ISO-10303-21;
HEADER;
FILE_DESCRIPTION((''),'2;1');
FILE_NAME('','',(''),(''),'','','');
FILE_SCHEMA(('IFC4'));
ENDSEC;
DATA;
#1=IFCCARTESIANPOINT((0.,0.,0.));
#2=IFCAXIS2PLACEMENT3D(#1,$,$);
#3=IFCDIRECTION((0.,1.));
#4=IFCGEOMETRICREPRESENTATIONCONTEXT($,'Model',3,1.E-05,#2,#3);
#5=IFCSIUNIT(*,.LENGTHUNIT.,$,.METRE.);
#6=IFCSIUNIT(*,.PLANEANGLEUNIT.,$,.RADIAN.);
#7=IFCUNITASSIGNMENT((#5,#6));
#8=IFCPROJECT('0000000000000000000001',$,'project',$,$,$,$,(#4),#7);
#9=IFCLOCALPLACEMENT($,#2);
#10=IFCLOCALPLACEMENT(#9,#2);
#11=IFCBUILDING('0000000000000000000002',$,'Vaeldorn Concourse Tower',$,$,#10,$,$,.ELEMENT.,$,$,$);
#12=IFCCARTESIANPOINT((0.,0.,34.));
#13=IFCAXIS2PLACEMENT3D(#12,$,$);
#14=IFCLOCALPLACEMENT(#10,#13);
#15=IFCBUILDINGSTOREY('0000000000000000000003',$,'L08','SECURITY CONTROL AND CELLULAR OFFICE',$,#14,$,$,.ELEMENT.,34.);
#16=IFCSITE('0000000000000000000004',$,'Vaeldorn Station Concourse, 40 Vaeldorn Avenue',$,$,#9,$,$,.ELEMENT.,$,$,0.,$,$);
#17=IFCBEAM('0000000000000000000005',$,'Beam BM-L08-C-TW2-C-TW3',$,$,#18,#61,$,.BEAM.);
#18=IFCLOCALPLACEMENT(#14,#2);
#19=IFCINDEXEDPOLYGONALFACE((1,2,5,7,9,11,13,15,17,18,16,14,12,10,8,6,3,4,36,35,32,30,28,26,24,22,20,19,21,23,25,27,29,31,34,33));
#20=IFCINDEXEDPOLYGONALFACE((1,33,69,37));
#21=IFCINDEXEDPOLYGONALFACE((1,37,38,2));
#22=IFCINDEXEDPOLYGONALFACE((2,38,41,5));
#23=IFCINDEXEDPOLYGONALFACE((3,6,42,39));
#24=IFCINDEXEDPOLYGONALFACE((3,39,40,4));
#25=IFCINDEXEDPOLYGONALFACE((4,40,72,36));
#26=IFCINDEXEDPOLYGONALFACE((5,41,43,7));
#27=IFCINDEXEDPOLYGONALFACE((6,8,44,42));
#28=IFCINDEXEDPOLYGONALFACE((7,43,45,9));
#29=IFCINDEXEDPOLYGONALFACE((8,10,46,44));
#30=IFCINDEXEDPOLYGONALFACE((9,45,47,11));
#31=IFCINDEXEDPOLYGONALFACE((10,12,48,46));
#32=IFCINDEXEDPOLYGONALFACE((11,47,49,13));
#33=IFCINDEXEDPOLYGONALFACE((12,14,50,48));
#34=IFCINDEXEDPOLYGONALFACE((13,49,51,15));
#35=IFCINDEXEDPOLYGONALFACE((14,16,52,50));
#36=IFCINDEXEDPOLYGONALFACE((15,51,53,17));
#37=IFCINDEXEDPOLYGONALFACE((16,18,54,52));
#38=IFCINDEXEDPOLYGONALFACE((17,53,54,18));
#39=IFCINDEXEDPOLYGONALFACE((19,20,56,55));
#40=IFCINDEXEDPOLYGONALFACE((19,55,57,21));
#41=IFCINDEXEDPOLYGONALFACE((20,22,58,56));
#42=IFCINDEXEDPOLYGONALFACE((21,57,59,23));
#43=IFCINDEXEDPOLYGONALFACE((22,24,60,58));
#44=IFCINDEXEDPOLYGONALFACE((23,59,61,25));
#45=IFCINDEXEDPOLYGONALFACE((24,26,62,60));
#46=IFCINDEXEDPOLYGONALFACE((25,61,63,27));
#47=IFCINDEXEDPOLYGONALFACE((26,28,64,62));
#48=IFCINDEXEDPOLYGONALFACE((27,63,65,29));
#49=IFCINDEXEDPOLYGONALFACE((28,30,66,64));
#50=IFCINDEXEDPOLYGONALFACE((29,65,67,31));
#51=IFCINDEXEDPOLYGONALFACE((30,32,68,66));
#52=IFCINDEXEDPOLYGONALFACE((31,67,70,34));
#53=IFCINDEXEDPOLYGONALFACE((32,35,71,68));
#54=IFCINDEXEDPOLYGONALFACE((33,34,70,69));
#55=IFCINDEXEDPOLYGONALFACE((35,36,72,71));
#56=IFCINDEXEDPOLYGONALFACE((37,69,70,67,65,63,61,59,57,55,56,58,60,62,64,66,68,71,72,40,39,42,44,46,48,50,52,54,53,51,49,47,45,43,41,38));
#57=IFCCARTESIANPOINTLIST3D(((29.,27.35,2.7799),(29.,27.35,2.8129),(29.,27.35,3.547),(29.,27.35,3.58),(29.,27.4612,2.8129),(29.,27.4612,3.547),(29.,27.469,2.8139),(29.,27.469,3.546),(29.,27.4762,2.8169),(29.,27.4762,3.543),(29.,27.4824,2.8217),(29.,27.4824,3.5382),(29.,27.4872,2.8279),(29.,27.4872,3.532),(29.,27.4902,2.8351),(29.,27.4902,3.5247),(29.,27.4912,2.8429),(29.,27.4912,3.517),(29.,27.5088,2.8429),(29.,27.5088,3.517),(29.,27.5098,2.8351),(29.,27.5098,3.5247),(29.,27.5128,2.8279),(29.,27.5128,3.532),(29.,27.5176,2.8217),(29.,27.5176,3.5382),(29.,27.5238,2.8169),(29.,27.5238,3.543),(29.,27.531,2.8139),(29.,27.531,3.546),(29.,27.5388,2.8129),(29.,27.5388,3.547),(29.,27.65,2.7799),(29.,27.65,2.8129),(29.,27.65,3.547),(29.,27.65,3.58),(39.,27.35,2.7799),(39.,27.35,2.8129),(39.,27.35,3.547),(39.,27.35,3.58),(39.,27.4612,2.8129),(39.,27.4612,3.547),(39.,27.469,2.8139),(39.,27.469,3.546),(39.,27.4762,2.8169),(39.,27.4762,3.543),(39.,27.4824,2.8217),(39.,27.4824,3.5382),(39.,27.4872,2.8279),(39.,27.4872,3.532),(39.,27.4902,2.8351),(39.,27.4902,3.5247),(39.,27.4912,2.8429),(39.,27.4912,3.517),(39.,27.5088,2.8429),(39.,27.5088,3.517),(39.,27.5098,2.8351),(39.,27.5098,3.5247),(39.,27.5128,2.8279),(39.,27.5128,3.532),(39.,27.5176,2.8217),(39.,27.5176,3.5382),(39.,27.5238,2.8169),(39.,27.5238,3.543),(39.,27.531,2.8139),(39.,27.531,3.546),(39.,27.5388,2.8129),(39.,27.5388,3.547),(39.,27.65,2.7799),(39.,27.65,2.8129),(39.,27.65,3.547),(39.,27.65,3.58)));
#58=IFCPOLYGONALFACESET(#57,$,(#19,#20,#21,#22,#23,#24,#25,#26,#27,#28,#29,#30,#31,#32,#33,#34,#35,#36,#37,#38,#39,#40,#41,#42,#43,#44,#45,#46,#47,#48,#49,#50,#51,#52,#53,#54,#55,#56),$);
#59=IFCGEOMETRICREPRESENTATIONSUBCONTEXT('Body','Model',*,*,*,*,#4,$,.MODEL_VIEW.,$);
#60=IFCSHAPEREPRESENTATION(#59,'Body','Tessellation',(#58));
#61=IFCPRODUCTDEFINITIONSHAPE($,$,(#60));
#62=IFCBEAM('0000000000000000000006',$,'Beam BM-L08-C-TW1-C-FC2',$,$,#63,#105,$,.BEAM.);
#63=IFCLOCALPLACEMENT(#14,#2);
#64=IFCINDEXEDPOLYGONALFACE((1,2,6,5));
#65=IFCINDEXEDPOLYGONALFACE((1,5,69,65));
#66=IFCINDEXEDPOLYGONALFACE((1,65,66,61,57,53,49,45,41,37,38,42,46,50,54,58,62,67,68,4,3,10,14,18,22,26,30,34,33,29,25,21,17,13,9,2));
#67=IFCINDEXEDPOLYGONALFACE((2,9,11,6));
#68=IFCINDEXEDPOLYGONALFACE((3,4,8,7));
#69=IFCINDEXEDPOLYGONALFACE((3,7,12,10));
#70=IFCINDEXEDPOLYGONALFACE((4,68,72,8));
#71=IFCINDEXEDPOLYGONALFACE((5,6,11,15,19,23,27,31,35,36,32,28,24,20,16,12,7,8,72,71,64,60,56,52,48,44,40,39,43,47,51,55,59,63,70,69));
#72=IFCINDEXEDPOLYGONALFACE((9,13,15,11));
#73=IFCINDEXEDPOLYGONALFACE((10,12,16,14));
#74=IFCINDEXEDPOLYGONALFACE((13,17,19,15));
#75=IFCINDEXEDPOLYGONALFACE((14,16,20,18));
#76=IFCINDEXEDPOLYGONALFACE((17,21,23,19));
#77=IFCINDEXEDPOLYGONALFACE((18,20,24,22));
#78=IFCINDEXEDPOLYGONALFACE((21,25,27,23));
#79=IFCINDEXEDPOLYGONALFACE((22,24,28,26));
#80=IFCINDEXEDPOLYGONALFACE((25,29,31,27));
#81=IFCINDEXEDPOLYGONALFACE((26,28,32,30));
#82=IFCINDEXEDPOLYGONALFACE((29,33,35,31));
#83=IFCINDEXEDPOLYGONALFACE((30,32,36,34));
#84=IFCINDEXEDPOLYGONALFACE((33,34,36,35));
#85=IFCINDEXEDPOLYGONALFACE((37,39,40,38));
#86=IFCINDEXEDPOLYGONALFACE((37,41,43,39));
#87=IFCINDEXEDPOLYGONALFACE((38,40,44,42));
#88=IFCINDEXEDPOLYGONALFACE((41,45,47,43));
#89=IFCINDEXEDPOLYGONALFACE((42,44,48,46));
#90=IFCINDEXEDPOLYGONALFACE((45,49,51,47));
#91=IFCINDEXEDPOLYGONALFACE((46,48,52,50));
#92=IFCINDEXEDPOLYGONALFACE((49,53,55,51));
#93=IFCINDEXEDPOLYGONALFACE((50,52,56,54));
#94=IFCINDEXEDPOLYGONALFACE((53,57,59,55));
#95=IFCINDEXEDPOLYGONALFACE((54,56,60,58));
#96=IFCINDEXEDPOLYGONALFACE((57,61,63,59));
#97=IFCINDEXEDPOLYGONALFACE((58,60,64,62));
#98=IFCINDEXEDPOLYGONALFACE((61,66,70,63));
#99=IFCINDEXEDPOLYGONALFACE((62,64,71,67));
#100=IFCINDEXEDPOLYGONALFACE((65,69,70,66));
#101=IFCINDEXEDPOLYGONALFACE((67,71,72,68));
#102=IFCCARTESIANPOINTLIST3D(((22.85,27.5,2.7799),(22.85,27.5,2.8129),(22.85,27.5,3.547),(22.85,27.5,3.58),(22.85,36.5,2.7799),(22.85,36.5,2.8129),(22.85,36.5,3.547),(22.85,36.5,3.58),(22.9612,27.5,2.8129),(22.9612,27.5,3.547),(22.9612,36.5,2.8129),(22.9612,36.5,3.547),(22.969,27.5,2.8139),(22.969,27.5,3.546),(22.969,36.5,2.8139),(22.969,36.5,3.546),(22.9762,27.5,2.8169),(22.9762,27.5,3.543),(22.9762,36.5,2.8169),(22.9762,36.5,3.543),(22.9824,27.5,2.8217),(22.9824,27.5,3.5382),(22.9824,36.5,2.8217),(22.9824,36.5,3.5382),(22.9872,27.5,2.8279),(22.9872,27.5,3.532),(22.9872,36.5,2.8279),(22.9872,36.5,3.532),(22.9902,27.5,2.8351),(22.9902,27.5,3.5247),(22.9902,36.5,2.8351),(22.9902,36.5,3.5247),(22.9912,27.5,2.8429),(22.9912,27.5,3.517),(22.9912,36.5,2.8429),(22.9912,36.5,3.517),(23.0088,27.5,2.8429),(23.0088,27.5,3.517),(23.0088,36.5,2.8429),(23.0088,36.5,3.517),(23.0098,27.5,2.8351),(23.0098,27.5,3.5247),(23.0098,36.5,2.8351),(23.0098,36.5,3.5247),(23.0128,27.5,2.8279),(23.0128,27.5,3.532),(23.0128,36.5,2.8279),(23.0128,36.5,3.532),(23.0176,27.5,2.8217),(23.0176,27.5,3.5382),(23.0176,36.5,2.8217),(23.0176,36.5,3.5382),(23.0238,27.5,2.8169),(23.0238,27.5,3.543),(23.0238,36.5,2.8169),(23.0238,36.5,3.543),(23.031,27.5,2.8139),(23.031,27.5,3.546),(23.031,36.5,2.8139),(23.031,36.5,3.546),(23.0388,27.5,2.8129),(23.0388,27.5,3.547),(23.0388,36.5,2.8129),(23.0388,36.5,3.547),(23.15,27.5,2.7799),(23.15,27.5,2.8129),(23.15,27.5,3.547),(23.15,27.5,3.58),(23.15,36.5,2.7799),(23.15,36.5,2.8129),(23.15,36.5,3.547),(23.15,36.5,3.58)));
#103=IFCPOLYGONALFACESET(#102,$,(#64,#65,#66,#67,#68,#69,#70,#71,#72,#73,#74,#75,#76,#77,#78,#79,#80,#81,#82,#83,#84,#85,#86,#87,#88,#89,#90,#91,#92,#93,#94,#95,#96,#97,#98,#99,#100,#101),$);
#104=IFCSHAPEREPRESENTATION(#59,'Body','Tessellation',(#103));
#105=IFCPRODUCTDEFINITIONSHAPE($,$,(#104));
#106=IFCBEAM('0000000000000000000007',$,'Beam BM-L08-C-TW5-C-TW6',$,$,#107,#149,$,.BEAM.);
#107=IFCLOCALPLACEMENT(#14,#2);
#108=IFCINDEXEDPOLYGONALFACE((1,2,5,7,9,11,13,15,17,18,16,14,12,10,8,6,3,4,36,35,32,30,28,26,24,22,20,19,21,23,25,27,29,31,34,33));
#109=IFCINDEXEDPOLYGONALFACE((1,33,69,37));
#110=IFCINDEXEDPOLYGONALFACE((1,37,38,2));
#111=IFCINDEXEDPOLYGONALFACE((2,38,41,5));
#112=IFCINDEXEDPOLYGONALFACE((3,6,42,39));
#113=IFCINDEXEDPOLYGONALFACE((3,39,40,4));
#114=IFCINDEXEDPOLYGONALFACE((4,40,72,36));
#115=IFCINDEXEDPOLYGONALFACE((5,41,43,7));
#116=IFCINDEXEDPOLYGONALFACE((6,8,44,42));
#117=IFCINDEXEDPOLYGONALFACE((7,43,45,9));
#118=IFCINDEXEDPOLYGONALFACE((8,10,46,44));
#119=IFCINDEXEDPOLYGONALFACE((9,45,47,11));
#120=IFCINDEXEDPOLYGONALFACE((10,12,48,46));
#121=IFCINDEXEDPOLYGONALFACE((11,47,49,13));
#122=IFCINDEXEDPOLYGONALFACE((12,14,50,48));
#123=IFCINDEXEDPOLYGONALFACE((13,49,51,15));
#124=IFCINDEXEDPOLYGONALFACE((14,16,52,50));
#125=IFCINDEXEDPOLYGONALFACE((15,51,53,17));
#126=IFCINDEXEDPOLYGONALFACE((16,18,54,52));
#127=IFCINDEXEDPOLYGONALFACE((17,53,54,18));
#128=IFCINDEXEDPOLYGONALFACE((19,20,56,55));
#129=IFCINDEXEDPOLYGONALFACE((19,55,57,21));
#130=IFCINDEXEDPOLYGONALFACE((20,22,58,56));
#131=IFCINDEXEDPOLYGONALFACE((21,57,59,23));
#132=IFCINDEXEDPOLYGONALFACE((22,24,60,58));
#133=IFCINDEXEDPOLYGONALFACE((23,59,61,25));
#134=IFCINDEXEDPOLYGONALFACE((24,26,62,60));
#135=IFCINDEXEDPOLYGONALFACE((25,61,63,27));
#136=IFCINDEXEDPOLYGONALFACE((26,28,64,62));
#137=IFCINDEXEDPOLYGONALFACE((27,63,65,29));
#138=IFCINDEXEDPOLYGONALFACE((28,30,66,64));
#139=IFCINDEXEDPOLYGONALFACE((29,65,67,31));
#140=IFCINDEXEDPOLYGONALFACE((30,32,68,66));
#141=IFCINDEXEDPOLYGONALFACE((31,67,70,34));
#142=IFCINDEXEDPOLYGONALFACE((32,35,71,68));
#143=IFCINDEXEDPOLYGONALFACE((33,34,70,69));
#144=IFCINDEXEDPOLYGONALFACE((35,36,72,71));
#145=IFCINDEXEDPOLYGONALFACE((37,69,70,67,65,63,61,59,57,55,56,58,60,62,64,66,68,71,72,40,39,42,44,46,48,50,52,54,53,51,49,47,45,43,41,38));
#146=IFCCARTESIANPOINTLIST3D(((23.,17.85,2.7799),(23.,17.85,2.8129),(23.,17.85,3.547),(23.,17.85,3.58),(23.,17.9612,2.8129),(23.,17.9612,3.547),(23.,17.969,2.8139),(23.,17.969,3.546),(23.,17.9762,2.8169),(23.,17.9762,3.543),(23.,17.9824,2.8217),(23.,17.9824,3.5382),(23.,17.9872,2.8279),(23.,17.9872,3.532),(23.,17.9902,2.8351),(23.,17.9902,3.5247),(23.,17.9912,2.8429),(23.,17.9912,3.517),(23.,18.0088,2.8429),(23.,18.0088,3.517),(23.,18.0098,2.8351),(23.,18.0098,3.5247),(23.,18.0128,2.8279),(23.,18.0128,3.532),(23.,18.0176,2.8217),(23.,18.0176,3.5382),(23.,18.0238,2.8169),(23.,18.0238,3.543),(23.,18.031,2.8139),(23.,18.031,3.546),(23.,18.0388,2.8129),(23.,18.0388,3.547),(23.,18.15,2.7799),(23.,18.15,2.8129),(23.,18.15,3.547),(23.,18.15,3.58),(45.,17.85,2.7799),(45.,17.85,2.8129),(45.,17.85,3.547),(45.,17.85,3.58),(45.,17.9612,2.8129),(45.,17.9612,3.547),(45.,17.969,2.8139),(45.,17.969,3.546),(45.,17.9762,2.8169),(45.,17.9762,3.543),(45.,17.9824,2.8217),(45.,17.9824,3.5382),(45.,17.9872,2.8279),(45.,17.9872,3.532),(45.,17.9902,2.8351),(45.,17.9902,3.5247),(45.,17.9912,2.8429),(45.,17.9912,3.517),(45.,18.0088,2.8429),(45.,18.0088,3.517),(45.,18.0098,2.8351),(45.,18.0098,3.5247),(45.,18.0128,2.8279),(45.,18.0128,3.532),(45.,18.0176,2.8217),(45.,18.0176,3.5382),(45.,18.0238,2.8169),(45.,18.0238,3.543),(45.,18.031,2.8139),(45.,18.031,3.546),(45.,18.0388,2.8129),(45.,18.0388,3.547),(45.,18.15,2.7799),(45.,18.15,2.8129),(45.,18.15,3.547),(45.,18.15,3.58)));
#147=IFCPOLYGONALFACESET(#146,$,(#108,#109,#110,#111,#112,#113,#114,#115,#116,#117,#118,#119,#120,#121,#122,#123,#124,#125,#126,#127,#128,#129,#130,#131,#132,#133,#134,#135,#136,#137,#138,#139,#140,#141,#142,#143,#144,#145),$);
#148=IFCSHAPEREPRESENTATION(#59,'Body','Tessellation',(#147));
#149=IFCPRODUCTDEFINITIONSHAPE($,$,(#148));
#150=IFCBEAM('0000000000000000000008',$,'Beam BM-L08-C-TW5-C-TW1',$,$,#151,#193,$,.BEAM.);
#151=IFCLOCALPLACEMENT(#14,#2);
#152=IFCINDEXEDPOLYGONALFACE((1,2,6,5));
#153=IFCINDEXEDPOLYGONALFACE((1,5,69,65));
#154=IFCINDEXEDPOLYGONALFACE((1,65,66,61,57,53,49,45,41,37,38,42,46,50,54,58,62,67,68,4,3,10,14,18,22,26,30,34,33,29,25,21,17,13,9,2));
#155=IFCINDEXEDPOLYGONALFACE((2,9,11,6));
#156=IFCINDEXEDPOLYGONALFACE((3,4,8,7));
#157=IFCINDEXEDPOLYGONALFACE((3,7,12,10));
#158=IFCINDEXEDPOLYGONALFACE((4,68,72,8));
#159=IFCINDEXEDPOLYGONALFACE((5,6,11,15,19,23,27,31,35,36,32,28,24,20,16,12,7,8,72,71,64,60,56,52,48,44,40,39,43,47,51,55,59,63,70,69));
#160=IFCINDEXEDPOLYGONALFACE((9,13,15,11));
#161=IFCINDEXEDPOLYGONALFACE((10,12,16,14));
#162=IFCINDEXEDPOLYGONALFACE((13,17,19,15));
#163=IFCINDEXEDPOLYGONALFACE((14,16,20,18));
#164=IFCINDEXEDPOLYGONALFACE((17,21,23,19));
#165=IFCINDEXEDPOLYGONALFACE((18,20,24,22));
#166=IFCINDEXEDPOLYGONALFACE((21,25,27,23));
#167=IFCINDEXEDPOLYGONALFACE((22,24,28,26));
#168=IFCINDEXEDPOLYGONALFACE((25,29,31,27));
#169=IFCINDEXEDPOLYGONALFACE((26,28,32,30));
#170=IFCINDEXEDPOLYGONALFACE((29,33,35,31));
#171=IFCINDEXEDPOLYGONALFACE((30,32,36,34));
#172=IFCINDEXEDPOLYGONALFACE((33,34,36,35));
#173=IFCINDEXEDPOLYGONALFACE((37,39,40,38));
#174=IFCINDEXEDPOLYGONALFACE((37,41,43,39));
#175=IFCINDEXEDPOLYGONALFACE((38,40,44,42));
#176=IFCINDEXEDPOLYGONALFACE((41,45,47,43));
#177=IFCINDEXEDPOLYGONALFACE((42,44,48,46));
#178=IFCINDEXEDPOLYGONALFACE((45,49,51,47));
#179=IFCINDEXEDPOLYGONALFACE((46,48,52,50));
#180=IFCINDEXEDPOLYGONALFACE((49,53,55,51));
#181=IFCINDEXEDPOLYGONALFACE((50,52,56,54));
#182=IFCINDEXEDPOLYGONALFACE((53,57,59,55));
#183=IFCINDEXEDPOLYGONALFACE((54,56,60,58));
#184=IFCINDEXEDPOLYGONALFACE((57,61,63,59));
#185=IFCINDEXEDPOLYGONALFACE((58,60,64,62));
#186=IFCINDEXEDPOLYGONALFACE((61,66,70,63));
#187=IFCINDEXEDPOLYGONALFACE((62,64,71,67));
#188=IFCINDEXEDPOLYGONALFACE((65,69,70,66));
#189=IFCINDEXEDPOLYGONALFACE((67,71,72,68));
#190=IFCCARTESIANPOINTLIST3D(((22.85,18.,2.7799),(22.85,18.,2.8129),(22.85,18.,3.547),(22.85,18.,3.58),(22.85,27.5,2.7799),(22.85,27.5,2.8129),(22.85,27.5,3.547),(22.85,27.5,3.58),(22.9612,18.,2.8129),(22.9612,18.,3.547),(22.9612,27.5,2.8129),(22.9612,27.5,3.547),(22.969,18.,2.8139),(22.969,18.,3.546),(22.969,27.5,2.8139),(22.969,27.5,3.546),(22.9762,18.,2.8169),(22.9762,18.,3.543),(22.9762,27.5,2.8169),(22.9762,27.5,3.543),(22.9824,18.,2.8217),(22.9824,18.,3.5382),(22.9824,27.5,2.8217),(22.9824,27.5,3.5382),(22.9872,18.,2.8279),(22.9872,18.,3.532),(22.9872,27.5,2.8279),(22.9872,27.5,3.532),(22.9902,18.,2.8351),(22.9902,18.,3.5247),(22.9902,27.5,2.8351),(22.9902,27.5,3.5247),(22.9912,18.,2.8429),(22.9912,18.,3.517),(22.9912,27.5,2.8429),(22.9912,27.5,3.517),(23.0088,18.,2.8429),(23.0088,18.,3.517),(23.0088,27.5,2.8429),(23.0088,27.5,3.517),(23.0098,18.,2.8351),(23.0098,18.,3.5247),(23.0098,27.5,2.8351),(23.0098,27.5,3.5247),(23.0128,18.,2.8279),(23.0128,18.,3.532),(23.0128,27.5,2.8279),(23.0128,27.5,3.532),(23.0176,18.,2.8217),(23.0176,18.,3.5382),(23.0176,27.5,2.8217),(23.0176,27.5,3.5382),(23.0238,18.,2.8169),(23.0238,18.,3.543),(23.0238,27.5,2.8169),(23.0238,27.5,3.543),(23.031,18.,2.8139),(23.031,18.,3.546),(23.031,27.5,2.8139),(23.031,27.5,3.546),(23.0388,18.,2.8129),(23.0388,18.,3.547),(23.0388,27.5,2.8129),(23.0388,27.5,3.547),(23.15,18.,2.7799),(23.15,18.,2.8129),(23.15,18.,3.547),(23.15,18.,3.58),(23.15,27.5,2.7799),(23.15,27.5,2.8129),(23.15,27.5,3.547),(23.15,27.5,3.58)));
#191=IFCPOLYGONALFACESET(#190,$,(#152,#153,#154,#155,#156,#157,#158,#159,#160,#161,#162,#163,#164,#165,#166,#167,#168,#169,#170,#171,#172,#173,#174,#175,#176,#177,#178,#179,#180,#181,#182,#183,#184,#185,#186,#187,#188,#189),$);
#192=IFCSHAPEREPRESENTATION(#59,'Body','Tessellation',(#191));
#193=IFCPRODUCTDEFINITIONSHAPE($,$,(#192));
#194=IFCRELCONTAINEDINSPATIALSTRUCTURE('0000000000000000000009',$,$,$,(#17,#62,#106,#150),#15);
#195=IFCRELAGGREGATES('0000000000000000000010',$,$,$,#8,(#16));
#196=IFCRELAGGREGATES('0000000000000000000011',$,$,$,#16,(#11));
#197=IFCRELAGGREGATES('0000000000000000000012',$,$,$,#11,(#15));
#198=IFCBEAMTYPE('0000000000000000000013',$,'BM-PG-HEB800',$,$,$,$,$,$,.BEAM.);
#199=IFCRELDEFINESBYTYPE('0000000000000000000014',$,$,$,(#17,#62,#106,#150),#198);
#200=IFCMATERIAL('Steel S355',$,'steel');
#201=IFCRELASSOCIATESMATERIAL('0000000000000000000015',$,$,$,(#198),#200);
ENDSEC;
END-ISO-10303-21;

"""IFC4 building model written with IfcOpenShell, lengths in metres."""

from ifc_helpers import new_model, si_unit, direction, frame, origin, origin_2d, place, context, subcontext, project, spatial, i_section, extrude, source, transform, mapped, material, material_profile, profile_set, type_object, element, save


model = new_model("IFC4")

# Units and contexts
model_context = context("Model", 3, precision=1e-05, world=origin(), true_north=direction((0.0, 1.0)))
body_context = subcontext(model_context, "Body", "Model", "MODEL_VIEW")
ifc_project = project(units=[si_unit("LENGTHUNIT", "METRE"), si_unit("PLANEANGLEUNIT", "RADIAN")], contexts=[model_context])

# Site, building, storey
site_placement = place(None, origin())
site = spatial("IfcSite", under=ifc_project, at=site_placement, Name="Vaeldorn Station Concourse, 40 Vaeldorn Avenue", CompositionType="ELEMENT", RefElevation=0.0)
building_placement = place(site_placement, origin())
building = spatial("IfcBuilding", under=site, at=building_placement, Name="Vaeldorn Concourse Tower", CompositionType="ELEMENT")
storey_placement = place(building_placement, frame((0.0, 0.0, 34.0)))
storey = spatial("IfcBuildingStorey", under=building, at=storey_placement, Name="L08", Description="SECURITY CONTROL AND CELLULAR OFFICE", CompositionType="ELEMENT", Elevation=34.0)

# Beams
ifc_material_1 = material(Name="Steel S355", Category="steel")
ifc_material_profile_1 = material_profile(ifc_material_1, i_section(OverallWidth=0.3, OverallDepth=0.8, WebThickness=0.0176, FlangeThickness=0.033, FilletRadius=0.03, at=origin_2d()), Name="HEB 800")
ifc_profile_set_1 = profile_set([ifc_material_profile_1], Name="Steel S355")
beam_type_1 = type_object("IfcBeamType", Name="BM-PG-HEB800", PredefinedType="BEAM", material=ifc_profile_set_1)
shared_shape_1 = source(origin(), body_context, "Body", "SweptSolid", [
    extrude(i_section(OverallWidth=0.3, OverallDepth=0.8, WebThickness=0.0176, FlangeThickness=0.033, FilletRadius=0.03, at=origin_2d()), origin(), (0.0, 0.0, 1.0), 10.0),
])
beam_1_placement = place(storey_placement, frame((29.0, 27.5, 3.1799), z_axis=(1.0, 0.0, 0.0), x_axis=(0.0, 1.0, 0.0)))
element("IfcBeam", 1, at=beam_1_placement, inside=storey, type_object=beam_type_1, Name="Beam BM-L08-C-TW2-C-TW3", PredefinedType="BEAM", context=body_context, shape_type="MappedRepresentation", body=[
    mapped(shared_shape_1, transform((0.0, 0.0, 0.0), scale=1.0)),
])
shared_shape_2 = source(origin(), body_context, "Body", "SweptSolid", [
    extrude(i_section(OverallWidth=0.3, OverallDepth=0.8, WebThickness=0.0176, FlangeThickness=0.033, FilletRadius=0.03, at=origin_2d()), origin(), (0.0, 0.0, 1.0), 9.0),
])
beam_2_placement = place(storey_placement, frame((23.0, 27.5, 3.1799), z_axis=(0.0, 1.0, 0.0), x_axis=(-1.0, 0.0, 0.0)))
element("IfcBeam", 2, at=beam_2_placement, inside=storey, type_object=beam_type_1, Name="Beam BM-L08-C-TW1-C-FC2", PredefinedType="BEAM", context=body_context, shape_type="MappedRepresentation", body=[
    mapped(shared_shape_2, transform((0.0, 0.0, 0.0), scale=1.0)),
])
shared_shape_3 = source(origin(), body_context, "Body", "SweptSolid", [
    extrude(i_section(OverallWidth=0.3, OverallDepth=0.8, WebThickness=0.0176, FlangeThickness=0.033, FilletRadius=0.03, at=origin_2d()), origin(), (0.0, 0.0, 1.0), 22.0),
])
beam_3_placement = place(storey_placement, frame((23.0, 18.0, 3.1799), z_axis=(1.0, 0.0, 0.0), x_axis=(0.0, 1.0, 0.0)))
element("IfcBeam", 3, at=beam_3_placement, inside=storey, type_object=beam_type_1, Name="Beam BM-L08-C-TW5-C-TW6", PredefinedType="BEAM", context=body_context, shape_type="MappedRepresentation", body=[
    mapped(shared_shape_3, transform((0.0, 0.0, 0.0), scale=1.0)),
])
shared_shape_4 = source(origin(), body_context, "Body", "SweptSolid", [
    extrude(i_section(OverallWidth=0.3, OverallDepth=0.8, WebThickness=0.0176, FlangeThickness=0.033, FilletRadius=0.03, at=origin_2d()), origin(), (0.0, 0.0, 1.0), 9.5),
])
beam_4_placement = place(storey_placement, frame((23.0, 18.0, 3.1799), z_axis=(0.0, 1.0, 0.0), x_axis=(-1.0, 0.0, 0.0)))
element("IfcBeam", 4, at=beam_4_placement, inside=storey, type_object=beam_type_1, Name="Beam BM-L08-C-TW5-C-TW1", PredefinedType="BEAM", context=body_context, shape_type="MappedRepresentation", body=[
    mapped(shared_shape_4, transform((0.0, 0.0, 0.0), scale=1.0)),
])

save(model, "model.ifc")
